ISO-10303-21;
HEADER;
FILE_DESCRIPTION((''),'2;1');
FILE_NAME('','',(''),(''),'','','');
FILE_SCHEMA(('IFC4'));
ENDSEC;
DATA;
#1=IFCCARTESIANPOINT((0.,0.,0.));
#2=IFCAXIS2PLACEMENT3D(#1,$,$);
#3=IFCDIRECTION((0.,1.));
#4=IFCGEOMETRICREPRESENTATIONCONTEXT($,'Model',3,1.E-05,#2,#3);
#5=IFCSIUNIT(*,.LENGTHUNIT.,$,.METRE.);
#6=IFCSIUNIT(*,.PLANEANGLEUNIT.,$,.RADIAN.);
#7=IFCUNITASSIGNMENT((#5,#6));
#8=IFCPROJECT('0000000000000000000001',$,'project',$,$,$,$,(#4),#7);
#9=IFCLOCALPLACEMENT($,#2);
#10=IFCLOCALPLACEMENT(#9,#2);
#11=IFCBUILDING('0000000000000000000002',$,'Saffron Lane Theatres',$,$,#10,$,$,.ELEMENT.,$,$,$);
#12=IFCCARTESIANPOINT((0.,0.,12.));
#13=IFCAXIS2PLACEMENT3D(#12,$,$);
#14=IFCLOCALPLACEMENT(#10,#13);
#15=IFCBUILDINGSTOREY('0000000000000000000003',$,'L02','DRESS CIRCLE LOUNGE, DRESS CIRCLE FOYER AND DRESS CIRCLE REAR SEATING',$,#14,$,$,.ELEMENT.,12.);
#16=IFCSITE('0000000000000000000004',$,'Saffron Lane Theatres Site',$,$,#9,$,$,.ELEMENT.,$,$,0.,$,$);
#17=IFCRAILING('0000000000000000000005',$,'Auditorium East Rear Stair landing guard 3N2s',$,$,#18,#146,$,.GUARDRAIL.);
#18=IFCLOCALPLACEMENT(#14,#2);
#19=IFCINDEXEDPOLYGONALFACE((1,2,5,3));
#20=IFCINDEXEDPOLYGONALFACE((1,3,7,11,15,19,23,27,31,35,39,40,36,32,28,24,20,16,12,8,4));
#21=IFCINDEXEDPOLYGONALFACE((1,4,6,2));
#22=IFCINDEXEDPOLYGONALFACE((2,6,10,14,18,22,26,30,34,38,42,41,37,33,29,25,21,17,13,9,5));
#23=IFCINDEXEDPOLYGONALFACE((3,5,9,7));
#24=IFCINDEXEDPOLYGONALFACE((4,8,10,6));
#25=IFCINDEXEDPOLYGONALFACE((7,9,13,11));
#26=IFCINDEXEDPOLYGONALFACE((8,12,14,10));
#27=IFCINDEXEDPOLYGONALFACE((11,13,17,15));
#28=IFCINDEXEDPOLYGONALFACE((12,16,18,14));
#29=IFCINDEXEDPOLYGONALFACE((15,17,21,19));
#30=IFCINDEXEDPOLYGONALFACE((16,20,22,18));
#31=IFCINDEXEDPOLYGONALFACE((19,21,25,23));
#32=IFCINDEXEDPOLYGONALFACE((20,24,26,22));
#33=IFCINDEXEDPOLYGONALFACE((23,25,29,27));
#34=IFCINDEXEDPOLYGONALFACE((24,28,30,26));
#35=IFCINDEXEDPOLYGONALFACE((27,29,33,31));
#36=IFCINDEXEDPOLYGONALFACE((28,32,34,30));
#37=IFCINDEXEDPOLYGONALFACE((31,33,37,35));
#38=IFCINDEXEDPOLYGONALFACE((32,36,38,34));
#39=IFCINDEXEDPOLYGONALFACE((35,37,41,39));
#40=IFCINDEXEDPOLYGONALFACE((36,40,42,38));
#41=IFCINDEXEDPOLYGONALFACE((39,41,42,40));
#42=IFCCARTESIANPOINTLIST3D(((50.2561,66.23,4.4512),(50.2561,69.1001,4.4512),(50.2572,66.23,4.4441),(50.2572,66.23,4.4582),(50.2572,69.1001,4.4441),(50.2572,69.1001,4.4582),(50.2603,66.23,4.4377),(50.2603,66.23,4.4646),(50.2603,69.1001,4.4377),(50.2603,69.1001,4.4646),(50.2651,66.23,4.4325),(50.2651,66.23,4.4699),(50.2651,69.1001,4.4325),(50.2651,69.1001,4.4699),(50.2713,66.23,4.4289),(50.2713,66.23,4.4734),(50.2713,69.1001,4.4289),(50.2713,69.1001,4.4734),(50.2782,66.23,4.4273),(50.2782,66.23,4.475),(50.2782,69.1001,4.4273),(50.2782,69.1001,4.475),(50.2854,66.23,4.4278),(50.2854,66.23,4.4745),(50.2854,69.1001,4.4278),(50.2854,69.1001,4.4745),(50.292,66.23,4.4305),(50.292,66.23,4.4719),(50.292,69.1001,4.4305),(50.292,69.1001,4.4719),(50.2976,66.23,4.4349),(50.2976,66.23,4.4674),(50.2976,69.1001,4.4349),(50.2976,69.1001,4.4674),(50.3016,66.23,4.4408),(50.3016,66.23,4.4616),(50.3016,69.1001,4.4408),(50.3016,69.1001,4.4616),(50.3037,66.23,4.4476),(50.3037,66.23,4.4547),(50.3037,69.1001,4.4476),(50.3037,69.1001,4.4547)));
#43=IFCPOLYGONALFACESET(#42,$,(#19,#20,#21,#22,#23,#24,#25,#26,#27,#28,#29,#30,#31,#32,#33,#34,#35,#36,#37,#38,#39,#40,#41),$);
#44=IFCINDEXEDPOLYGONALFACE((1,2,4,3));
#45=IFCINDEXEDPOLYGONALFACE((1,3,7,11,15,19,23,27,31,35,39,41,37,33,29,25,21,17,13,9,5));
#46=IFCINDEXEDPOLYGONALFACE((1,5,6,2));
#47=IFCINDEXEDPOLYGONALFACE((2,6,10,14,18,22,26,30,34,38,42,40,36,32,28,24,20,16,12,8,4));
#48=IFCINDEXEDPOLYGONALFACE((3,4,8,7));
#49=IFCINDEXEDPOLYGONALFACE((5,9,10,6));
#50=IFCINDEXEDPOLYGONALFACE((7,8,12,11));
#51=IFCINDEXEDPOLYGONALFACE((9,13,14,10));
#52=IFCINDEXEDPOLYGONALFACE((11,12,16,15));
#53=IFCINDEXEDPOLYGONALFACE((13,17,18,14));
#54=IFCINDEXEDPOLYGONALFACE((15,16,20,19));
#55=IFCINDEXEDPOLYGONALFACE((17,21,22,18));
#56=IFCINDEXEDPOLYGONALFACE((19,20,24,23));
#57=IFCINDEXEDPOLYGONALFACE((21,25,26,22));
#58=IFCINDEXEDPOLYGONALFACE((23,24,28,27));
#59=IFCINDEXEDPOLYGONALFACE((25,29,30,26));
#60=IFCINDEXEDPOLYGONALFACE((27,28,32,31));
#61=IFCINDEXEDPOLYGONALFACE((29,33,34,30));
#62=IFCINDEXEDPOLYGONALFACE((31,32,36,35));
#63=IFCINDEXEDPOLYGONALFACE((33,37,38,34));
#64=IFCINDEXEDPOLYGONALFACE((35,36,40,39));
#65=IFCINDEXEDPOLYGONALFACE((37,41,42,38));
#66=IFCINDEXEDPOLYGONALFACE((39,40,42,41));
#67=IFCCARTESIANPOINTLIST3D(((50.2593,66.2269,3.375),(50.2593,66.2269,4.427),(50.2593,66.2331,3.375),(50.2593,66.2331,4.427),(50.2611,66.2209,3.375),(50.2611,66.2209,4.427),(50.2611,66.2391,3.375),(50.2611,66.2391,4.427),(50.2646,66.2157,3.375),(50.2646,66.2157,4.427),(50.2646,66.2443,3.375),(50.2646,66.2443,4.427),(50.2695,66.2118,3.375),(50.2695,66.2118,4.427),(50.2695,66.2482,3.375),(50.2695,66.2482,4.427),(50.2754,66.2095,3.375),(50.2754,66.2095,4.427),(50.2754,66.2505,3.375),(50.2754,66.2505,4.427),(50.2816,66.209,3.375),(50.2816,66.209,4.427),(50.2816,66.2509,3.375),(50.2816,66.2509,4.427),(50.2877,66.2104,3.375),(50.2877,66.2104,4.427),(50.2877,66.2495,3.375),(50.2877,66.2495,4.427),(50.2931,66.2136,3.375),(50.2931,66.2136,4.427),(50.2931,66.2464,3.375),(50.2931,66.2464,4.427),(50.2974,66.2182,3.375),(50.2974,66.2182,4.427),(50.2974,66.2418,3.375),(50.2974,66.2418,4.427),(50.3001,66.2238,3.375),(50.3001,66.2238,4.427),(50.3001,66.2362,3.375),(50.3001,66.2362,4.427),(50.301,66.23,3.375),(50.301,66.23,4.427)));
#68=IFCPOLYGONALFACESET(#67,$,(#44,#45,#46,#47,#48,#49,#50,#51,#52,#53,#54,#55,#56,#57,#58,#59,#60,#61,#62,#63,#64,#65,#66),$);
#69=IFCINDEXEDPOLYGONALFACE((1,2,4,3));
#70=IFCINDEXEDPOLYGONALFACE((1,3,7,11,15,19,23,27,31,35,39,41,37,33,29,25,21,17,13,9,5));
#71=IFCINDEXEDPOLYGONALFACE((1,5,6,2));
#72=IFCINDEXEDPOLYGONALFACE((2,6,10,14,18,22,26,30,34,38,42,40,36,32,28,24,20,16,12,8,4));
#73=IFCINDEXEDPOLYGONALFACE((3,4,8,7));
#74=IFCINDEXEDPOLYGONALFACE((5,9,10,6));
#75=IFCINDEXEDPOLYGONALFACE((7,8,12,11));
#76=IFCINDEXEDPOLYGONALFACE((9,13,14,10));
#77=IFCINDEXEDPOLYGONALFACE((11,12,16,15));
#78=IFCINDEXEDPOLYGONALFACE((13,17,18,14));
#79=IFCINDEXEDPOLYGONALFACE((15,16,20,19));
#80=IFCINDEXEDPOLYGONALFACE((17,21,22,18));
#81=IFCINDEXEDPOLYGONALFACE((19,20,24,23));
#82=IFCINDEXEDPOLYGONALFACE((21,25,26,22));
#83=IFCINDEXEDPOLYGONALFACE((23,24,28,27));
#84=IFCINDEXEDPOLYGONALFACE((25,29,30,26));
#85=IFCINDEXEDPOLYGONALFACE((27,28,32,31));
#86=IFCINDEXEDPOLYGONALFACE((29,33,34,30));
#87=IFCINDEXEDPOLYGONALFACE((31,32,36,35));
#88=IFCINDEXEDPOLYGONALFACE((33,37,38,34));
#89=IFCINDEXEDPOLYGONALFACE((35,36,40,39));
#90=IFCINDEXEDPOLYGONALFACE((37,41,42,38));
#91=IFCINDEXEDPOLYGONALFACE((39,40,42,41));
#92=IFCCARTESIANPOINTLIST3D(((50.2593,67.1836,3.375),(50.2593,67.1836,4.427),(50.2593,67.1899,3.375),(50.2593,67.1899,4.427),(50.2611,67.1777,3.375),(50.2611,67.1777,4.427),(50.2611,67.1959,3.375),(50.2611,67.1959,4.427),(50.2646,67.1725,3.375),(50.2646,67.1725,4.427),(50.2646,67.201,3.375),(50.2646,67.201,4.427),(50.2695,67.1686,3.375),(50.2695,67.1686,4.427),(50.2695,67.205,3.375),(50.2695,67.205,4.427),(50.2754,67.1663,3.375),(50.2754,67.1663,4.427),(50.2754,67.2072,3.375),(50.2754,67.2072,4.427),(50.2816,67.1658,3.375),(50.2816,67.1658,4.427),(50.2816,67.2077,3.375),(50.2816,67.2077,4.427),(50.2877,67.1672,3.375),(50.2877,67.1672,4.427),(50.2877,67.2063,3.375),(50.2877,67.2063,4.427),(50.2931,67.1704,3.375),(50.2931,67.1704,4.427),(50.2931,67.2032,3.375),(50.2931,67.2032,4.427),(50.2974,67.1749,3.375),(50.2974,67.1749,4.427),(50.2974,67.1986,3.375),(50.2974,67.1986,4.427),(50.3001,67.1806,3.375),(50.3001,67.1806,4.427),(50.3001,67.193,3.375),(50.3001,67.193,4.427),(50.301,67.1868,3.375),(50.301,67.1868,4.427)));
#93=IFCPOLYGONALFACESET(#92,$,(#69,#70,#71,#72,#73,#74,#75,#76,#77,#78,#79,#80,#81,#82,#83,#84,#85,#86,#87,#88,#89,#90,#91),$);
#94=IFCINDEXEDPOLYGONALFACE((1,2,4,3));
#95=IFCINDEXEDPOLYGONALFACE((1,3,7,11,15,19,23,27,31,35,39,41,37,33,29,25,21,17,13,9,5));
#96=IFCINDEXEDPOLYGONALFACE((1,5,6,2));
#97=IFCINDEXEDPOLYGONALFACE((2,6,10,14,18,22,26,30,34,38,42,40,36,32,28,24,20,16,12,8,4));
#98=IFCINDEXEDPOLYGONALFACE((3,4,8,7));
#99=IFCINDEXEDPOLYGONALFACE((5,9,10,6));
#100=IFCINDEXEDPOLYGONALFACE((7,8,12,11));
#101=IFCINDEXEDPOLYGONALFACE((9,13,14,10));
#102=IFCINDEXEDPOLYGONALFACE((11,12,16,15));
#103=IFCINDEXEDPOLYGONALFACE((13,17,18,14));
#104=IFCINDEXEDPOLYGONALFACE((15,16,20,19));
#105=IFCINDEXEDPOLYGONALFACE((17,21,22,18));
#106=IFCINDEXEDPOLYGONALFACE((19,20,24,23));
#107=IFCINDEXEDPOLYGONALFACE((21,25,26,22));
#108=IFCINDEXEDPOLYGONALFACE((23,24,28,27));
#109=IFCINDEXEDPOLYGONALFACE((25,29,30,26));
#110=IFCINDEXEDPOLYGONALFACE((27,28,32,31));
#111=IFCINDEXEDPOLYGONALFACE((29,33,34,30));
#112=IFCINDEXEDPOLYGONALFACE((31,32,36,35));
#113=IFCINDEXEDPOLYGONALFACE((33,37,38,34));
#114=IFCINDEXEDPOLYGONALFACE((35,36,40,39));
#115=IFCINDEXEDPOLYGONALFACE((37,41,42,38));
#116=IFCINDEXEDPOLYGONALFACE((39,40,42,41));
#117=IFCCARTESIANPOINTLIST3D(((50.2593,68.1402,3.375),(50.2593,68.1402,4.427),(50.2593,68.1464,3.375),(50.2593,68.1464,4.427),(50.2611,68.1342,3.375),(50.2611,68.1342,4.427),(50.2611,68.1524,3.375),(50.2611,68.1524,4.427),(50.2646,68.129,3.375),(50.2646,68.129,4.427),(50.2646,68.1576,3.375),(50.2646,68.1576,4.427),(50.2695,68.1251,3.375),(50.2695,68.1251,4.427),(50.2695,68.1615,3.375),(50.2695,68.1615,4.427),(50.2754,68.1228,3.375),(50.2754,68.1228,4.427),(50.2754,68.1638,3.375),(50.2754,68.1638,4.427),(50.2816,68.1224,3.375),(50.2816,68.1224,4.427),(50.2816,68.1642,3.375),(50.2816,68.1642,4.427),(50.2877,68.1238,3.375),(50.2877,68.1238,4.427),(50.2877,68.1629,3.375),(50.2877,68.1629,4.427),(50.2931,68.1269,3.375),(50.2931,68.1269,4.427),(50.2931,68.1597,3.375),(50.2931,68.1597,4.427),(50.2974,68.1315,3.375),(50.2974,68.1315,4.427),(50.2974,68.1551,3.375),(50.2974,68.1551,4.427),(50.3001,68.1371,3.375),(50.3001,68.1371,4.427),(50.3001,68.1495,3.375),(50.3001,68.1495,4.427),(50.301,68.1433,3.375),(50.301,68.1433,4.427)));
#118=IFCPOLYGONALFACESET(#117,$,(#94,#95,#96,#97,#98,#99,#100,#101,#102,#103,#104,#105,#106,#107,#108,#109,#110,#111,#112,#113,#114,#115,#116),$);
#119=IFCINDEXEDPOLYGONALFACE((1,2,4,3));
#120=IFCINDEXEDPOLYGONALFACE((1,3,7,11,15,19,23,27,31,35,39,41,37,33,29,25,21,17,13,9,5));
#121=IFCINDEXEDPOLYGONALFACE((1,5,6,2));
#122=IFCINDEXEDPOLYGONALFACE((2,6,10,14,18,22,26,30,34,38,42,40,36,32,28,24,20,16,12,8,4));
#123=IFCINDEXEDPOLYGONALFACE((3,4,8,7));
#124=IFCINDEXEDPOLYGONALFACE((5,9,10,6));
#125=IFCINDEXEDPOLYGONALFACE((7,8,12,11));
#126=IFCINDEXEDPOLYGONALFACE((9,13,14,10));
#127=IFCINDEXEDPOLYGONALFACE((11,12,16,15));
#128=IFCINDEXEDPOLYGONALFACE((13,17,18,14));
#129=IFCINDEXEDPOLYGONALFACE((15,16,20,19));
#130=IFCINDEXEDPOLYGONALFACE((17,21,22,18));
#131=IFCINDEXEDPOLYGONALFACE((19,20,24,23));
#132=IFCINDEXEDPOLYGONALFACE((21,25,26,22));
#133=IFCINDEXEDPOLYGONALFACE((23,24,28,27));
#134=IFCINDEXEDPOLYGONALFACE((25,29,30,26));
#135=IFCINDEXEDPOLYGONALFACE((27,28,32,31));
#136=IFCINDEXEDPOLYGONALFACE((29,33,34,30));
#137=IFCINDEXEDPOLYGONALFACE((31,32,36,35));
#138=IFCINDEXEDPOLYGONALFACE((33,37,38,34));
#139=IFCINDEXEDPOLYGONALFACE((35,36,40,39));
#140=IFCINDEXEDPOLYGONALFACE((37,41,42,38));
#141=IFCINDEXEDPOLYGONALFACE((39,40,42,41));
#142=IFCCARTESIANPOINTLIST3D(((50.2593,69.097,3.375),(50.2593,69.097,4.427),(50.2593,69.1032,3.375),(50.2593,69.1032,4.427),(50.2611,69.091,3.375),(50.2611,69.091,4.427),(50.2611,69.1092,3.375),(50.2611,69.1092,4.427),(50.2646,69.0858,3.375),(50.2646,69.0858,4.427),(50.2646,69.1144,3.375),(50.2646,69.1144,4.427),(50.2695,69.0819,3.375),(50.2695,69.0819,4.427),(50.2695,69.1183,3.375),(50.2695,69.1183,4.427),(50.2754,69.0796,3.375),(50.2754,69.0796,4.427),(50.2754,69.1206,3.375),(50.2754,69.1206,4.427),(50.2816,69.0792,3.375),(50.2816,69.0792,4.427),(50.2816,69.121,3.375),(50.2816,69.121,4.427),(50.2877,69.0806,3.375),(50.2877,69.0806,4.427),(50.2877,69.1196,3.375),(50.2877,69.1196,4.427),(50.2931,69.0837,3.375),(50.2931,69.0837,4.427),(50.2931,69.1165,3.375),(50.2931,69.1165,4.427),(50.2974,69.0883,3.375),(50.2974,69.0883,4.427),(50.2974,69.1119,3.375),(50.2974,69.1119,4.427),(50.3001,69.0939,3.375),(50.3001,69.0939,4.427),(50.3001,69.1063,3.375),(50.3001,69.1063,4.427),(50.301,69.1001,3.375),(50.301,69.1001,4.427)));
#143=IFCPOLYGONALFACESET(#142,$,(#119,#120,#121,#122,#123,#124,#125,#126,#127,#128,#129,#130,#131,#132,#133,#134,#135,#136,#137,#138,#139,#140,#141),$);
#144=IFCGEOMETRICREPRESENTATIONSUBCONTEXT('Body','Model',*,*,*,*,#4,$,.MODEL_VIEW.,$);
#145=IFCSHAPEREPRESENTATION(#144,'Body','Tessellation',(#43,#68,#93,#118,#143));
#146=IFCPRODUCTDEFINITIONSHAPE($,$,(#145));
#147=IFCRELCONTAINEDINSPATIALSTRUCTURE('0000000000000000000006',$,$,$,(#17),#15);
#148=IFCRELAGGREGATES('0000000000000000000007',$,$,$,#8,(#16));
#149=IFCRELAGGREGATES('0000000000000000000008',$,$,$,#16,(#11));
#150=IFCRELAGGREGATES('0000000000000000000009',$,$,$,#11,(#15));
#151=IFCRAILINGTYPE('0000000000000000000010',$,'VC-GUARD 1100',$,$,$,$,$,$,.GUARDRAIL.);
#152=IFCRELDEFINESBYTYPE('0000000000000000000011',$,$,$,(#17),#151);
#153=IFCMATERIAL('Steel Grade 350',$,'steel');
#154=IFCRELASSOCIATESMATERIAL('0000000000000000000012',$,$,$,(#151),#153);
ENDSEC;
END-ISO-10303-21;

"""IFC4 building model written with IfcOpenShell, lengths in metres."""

from ifc_helpers import new_model, si_unit, direction, frame, origin, origin_2d, place, context, subcontext, project, spatial, circle, extrude, material, type_object, element, save


model = new_model("IFC4")

# Units and contexts
model_context = context("Model", 3, precision=1e-05, world=origin(), true_north=direction((0.0, 1.0)))
body_context = subcontext(model_context, "Body", "Model", "MODEL_VIEW")
ifc_project = project(units=[si_unit("LENGTHUNIT", "METRE"), si_unit("PLANEANGLEUNIT", "RADIAN")], contexts=[model_context])

# Site, building, storey
site_placement = place(None, origin())
site = spatial("IfcSite", under=ifc_project, at=site_placement, Name="Saffron Lane Theatres Site", CompositionType="ELEMENT", RefElevation=0.0)
building_placement = place(site_placement, origin())
building = spatial("IfcBuilding", under=site, at=building_placement, Name="Saffron Lane Theatres", CompositionType="ELEMENT")
storey_placement = place(building_placement, frame((0.0, 0.0, 12.0)))
storey = spatial("IfcBuildingStorey", under=building, at=storey_placement, Name="L02", Description="DRESS CIRCLE LOUNGE, DRESS CIRCLE FOYER AND DRESS CIRCLE REAR SEATING", CompositionType="ELEMENT", Elevation=12.0)

# Railing
ifc_material_1 = material(Name="Steel Grade 350", Category="steel")
railing_type_1 = type_object("IfcRailingType", Name="VC-GUARD 1100", PredefinedType="GUARDRAIL", material=ifc_material_1)
railing_1_placement = place(storey_placement, frame((50.28, 66.23, 3.375)))
element("IfcRailing", 1, at=railing_1_placement, inside=storey, type_object=railing_type_1, Name="Auditorium East Rear Stair landing guard 3N2s", PredefinedType="GUARDRAIL", context=body_context, shape_type="SweptSolid", body=[
    extrude(circle(Radius=0.0239, at=origin_2d()), frame((0.0, 0.0, 1.0762), z_axis=(0.0, 1.0, 0.0), x_axis=(-1.0, 0.0, 0.0)), (0.0, 0.0, 1.0), 2.8701),
    extrude(circle(Radius=0.021, at=origin_2d()), origin(), (0.0, 0.0, 1.0), 1.052),
    extrude(circle(Radius=0.021, at=origin_2d()), frame((0.0, 0.9568, 0.0)), (0.0, 0.0, 1.0), 1.052),
    extrude(circle(Radius=0.021, at=origin_2d()), frame((0.0, 1.9133, 0.0)), (0.0, 0.0, 1.0), 1.052),
    extrude(circle(Radius=0.021, at=origin_2d()), frame((0.0, 2.8701, 0.0)), (0.0, 0.0, 1.0), 1.052),
])

save(model, "model.ifc")
